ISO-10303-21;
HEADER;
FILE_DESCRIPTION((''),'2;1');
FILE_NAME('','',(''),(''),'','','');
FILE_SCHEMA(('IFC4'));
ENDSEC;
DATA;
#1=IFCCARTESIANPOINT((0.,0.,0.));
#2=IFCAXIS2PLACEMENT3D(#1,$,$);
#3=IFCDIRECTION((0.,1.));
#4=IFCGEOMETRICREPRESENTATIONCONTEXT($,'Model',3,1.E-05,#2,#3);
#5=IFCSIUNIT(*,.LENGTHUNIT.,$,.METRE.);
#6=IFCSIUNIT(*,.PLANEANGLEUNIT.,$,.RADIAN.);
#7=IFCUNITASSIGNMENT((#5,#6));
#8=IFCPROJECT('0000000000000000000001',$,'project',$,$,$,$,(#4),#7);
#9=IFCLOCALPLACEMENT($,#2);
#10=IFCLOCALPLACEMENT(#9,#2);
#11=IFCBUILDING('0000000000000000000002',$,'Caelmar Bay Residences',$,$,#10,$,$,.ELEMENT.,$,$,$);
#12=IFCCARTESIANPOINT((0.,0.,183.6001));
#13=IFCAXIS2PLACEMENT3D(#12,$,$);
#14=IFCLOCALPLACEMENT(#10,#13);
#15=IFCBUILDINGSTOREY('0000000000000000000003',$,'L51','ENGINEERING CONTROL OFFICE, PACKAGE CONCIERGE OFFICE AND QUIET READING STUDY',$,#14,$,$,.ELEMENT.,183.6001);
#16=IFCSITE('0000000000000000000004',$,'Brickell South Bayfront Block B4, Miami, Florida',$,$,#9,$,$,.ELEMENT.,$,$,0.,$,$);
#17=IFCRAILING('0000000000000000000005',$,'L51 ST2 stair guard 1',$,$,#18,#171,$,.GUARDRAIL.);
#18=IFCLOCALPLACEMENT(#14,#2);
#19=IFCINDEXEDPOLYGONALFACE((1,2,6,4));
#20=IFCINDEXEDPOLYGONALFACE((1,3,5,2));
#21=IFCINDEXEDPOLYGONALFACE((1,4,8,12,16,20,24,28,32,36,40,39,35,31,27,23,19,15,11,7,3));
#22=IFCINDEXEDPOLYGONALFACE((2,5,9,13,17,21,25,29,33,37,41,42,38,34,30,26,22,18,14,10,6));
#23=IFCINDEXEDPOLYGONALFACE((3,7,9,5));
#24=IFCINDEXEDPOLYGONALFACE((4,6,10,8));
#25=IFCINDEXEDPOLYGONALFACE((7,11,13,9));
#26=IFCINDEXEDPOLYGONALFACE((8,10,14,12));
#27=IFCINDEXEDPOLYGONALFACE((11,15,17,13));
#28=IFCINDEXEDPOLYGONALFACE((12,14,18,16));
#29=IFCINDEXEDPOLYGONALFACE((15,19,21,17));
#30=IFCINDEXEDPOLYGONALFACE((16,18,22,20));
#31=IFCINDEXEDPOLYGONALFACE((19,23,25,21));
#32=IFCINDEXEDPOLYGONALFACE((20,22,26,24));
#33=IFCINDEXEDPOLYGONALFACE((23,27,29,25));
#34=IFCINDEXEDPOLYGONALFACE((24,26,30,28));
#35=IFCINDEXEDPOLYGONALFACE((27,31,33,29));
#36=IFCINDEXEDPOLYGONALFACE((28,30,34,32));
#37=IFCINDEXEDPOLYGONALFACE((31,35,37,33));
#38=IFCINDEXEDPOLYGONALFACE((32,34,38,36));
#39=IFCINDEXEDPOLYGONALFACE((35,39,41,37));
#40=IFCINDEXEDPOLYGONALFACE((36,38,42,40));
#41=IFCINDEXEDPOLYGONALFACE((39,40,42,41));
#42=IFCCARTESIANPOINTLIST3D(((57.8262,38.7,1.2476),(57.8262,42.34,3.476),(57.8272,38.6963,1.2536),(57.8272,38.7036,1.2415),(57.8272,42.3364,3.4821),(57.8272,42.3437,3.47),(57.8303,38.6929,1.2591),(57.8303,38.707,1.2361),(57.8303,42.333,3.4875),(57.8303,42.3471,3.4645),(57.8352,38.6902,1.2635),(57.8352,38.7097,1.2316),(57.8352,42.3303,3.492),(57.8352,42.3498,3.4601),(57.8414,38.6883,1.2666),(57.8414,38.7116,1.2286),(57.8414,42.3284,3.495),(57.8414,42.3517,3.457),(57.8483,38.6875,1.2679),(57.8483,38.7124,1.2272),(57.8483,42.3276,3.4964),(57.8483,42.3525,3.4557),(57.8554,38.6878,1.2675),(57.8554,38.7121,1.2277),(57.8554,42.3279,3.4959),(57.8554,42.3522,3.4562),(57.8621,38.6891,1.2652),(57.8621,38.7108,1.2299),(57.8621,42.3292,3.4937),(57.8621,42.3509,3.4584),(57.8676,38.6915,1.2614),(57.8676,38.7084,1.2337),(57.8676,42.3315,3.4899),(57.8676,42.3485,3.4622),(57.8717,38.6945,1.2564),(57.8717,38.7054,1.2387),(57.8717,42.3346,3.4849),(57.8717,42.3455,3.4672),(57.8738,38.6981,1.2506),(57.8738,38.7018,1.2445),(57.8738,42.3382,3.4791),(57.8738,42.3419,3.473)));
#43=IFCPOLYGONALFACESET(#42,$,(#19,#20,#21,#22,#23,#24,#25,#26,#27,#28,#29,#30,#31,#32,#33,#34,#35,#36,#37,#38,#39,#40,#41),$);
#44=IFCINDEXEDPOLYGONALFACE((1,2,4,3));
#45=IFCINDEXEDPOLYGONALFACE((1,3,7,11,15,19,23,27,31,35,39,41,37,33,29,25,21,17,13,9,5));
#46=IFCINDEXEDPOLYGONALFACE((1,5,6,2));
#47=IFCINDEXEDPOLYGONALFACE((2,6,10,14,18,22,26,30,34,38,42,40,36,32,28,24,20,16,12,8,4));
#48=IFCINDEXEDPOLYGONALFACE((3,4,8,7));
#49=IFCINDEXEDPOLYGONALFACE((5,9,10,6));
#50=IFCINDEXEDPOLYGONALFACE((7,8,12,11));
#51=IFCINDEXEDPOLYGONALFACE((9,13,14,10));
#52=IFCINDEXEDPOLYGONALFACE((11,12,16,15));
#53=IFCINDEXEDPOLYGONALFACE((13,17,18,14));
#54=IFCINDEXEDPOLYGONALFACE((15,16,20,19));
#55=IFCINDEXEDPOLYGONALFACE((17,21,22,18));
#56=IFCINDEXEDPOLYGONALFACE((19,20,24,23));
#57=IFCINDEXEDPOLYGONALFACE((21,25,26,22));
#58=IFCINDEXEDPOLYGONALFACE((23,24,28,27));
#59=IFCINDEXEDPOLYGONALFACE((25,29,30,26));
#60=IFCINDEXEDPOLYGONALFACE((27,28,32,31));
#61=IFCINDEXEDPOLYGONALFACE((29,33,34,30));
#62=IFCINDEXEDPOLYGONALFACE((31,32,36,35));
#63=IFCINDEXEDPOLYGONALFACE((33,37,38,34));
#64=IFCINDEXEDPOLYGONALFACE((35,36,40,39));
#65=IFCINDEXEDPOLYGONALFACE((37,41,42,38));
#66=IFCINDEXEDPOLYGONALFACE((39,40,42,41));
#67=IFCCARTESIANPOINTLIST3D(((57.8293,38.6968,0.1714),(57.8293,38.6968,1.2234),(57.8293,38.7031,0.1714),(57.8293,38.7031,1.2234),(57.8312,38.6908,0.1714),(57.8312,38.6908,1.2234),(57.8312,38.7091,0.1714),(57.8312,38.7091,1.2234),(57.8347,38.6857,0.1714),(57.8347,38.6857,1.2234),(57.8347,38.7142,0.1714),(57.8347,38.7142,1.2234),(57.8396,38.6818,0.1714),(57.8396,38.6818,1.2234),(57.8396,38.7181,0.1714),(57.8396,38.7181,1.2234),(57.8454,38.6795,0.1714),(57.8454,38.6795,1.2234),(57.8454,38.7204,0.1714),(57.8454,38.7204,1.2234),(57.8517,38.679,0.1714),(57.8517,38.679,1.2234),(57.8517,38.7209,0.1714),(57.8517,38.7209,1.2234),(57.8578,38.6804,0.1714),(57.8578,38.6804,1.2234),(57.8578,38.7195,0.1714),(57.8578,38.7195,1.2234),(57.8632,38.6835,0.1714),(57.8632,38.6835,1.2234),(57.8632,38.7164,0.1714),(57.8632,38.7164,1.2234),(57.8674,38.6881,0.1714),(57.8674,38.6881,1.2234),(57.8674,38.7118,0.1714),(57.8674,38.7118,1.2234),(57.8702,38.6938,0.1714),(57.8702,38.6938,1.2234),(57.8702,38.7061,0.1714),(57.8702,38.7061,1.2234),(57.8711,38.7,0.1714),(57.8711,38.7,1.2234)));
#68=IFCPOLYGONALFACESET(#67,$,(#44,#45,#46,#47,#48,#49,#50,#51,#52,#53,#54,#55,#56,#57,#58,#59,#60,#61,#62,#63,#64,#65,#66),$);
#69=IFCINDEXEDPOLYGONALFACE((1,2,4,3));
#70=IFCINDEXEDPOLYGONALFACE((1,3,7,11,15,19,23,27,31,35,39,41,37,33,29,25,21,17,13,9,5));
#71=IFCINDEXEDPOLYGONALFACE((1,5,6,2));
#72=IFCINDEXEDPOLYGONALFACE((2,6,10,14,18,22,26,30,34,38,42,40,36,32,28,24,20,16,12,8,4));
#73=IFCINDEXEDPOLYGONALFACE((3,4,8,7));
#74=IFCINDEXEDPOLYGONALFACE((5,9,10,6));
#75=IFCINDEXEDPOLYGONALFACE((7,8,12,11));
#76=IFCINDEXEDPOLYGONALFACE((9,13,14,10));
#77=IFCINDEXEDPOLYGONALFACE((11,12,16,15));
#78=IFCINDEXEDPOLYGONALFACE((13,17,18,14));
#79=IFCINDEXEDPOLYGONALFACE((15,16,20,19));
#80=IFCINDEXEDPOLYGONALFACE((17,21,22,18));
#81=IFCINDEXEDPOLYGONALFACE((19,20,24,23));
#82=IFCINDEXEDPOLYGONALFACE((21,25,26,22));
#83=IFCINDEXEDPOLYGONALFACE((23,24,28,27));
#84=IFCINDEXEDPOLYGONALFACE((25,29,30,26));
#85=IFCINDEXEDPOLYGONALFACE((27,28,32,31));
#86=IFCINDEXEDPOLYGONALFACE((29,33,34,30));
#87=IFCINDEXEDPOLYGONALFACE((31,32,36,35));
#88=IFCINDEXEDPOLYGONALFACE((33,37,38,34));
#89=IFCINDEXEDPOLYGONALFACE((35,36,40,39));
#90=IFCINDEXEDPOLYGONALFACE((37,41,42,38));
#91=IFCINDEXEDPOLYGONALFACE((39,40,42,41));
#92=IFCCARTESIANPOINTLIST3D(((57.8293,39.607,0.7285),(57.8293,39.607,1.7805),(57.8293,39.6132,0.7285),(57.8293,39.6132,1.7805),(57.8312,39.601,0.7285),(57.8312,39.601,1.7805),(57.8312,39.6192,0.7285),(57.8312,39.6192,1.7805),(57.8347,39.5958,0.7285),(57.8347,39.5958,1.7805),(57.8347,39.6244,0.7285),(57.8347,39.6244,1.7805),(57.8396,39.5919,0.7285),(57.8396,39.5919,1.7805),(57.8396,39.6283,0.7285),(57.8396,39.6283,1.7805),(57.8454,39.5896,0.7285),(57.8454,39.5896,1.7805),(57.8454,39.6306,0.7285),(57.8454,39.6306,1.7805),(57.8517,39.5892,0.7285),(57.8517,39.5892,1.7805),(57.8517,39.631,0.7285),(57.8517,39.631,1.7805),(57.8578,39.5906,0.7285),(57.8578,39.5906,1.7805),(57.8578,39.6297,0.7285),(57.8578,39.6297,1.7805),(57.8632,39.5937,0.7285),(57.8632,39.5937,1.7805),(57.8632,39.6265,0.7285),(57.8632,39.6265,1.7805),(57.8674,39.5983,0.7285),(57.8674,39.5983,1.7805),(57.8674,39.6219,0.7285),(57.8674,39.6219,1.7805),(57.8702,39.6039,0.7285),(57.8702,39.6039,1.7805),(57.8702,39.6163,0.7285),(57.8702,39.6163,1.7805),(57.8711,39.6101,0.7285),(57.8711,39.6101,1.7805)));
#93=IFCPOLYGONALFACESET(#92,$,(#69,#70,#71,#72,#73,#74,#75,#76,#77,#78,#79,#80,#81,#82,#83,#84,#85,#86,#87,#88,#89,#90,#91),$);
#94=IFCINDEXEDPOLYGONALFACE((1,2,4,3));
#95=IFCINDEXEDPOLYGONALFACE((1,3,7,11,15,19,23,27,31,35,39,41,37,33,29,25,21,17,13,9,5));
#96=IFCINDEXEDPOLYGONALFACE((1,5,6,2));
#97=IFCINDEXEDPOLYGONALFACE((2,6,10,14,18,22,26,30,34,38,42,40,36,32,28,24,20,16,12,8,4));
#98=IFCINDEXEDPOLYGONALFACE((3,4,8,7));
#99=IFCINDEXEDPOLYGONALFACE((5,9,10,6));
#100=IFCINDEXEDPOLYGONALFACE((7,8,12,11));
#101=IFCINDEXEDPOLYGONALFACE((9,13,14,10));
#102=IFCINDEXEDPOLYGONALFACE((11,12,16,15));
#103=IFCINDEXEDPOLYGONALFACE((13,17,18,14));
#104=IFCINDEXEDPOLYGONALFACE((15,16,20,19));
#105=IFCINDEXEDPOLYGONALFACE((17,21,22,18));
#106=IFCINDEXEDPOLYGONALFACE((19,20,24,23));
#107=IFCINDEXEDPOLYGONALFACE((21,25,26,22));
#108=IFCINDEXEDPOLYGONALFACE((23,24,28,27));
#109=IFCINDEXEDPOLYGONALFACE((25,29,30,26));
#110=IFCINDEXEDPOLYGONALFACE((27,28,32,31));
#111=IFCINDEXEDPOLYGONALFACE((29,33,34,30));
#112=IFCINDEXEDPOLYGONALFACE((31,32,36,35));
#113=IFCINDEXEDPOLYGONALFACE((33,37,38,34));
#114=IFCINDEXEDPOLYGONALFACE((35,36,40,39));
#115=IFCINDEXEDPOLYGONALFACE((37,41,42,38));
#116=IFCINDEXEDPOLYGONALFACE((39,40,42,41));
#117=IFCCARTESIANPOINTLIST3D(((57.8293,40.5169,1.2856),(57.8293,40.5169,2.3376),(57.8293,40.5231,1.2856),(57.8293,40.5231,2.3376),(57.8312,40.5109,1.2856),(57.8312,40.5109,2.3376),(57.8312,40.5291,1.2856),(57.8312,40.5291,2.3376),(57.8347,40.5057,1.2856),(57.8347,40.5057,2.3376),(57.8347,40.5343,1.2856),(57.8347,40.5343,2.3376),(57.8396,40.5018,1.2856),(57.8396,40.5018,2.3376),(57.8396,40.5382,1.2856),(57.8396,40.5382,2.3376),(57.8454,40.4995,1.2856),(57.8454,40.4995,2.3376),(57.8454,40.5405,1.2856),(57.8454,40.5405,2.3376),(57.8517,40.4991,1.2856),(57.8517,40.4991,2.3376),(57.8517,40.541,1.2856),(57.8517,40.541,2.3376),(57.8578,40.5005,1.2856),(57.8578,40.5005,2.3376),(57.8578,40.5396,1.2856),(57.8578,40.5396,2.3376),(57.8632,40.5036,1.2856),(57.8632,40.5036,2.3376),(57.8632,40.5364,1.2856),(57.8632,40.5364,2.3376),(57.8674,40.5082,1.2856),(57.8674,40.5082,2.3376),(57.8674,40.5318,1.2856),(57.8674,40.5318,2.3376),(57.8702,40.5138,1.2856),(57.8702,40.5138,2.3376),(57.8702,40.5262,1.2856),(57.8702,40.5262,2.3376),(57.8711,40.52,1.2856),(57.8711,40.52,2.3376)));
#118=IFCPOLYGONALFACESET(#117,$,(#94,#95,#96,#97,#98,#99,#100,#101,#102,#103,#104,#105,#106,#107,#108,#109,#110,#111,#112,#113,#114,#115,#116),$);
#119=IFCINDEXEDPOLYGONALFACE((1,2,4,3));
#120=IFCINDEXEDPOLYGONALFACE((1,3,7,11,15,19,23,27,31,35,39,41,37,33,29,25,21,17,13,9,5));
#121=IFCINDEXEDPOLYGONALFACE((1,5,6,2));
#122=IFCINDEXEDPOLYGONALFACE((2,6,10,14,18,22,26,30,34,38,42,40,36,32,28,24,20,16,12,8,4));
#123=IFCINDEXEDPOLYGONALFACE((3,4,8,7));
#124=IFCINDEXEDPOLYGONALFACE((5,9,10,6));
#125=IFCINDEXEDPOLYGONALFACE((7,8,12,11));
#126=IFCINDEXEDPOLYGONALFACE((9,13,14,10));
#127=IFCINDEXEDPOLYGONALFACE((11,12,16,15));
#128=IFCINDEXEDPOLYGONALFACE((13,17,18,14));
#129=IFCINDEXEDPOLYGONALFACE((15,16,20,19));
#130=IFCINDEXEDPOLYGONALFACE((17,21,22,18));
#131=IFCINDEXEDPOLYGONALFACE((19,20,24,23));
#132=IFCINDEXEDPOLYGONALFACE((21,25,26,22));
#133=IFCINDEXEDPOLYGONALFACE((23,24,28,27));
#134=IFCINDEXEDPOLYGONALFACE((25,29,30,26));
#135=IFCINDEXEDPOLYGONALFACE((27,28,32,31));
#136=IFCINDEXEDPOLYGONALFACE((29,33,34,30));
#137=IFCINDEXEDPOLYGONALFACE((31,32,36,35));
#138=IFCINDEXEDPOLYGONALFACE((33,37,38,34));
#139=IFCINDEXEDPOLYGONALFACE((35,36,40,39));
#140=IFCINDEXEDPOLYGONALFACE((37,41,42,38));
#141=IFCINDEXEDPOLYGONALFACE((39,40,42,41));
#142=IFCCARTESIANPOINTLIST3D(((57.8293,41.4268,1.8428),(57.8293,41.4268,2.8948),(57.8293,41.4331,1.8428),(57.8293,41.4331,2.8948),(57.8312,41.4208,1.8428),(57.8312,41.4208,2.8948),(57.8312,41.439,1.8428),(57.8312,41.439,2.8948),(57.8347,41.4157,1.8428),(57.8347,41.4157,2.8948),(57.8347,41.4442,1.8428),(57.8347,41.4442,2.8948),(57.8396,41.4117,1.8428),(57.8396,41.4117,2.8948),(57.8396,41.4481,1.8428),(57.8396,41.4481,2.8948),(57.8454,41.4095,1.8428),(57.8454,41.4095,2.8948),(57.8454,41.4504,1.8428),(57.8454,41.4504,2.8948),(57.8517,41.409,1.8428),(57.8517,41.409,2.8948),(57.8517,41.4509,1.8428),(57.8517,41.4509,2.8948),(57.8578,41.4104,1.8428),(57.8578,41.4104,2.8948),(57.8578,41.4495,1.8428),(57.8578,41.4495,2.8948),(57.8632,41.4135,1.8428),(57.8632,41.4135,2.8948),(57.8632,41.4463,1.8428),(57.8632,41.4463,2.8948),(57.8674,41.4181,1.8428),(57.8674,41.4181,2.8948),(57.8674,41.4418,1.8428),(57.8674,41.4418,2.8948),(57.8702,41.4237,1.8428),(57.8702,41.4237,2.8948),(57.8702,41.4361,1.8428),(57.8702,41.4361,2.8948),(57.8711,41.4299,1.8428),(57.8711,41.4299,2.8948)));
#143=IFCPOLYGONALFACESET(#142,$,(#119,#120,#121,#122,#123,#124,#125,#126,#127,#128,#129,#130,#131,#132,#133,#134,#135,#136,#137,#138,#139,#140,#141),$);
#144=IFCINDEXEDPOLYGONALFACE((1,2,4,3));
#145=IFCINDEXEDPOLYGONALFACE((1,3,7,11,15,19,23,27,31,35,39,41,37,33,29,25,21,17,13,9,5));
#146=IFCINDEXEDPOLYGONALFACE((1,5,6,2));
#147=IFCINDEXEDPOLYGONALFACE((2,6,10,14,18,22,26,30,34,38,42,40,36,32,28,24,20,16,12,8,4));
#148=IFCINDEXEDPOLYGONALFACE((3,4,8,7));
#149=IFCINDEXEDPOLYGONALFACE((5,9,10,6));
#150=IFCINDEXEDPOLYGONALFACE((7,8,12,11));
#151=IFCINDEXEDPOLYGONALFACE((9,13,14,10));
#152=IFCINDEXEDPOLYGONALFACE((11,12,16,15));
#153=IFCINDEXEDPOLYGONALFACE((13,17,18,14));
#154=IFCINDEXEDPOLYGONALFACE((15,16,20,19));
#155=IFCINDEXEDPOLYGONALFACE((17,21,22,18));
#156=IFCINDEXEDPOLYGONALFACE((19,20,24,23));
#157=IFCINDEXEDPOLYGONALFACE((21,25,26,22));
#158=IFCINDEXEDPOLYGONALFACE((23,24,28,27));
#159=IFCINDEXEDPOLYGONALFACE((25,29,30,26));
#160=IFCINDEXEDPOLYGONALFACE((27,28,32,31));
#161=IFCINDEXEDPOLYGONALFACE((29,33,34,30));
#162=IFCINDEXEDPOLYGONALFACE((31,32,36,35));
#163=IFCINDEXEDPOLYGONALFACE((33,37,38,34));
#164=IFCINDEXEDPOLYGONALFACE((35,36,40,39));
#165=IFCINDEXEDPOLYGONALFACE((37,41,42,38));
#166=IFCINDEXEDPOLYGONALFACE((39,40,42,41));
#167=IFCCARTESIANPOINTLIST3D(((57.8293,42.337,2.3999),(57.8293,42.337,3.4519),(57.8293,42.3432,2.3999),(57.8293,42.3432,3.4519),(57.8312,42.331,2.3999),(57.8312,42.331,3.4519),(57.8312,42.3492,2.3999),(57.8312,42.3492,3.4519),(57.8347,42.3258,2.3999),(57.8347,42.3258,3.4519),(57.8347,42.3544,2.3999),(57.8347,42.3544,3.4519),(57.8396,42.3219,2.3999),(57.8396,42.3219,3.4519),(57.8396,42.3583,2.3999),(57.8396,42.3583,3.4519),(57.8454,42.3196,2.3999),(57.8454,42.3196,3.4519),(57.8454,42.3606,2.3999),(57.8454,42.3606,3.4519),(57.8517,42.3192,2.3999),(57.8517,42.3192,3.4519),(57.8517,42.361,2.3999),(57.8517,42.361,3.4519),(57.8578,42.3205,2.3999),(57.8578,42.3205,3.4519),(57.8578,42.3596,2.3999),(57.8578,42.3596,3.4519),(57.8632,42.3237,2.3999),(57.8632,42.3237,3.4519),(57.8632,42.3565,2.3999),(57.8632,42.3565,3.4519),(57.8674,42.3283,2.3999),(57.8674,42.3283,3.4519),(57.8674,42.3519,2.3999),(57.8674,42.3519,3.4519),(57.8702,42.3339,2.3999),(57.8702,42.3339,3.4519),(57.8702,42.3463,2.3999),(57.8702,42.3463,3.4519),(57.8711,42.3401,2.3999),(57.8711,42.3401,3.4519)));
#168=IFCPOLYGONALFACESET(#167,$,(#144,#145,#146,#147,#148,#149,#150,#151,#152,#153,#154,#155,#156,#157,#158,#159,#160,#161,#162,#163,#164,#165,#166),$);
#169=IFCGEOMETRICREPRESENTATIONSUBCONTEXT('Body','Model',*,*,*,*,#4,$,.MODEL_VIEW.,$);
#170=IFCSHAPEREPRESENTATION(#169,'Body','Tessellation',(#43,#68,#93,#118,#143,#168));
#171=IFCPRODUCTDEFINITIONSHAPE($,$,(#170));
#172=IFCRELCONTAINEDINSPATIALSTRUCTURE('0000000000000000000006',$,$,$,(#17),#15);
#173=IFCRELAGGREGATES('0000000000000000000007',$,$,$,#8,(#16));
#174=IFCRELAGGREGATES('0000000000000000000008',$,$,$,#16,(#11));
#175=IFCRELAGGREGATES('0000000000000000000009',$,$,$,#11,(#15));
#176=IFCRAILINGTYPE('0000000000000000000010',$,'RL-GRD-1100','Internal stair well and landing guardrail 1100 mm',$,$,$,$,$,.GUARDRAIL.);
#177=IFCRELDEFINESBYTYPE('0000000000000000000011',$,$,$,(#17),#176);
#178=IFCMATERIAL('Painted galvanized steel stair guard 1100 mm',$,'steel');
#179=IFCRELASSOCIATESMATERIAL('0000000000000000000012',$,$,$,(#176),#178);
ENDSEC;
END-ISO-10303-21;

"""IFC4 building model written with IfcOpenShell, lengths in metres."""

from ifc_helpers import new_model, si_unit, direction, frame, origin, origin_2d, place, context, subcontext, project, spatial, circle, extrude, material, type_object, element, save


model = new_model("IFC4")

# Units and contexts
model_context = context("Model", 3, precision=1e-05, world=origin(), true_north=direction((0.0, 1.0)))
body_context = subcontext(model_context, "Body", "Model", "MODEL_VIEW")
ifc_project = project(units=[si_unit("LENGTHUNIT", "METRE"), si_unit("PLANEANGLEUNIT", "RADIAN")], contexts=[model_context])

# Site, building, storey
site_placement = place(None, origin())
site = spatial("IfcSite", under=ifc_project, at=site_placement, Name="Brickell South Bayfront Block B4, Miami, Florida", CompositionType="ELEMENT", RefElevation=0.0)
building_placement = place(site_placement, origin())
building = spatial("IfcBuilding", under=site, at=building_placement, Name="Caelmar Bay Residences", CompositionType="ELEMENT")
storey_placement = place(building_placement, frame((0.0, 0.0, 183.6001)))
storey = spatial("IfcBuildingStorey", under=building, at=storey_placement, Name="L51", Description="ENGINEERING CONTROL OFFICE, PACKAGE CONCIERGE OFFICE AND QUIET READING STUDY", CompositionType="ELEMENT", Elevation=183.6001)

# Railing
ifc_material_1 = material(Name="Painted galvanized steel stair guard 1100 mm", Category="steel")
railing_type_1 = type_object("IfcRailingType", Name="RL-GRD-1100", Description="Internal stair well and landing guardrail 1100 mm", PredefinedType="GUARDRAIL", material=ifc_material_1)
railing_1_placement = place(storey_placement, frame((57.8501, 38.7, 0.1714)))
element("IfcRailing", 1, at=railing_1_placement, inside=storey, type_object=railing_type_1, Name="L51 ST2 stair guard 1", PredefinedType="GUARDRAIL", context=body_context, shape_type="SweptSolid", body=[
    extrude(circle(Radius=0.0239, at=origin_2d()), frame((0.0, 0.0, 1.0762), z_axis=(0.0, 0.852866, 0.52213), x_axis=(-1.0, 0.0, 0.0)), (0.0, 0.0, 1.0), 4.2681),
    extrude(circle(Radius=0.021, at=origin_2d()), origin(), (0.0, 0.0, 1.0), 1.052),
    extrude(circle(Radius=0.021, at=origin_2d()), frame((0.0, 0.9102, 0.5571)), (0.0, 0.0, 1.0), 1.052),
    extrude(circle(Radius=0.021, at=origin_2d()), frame((0.0, 1.8201, 1.1143)), (0.0, 0.0, 1.0), 1.052),
    extrude(circle(Radius=0.021, at=origin_2d()), frame((0.0, 2.73, 1.6714)), (0.0, 0.0, 1.0), 1.052),
    extrude(circle(Radius=0.021, at=origin_2d()), frame((0.0, 3.6401, 2.2285)), (0.0, 0.0, 1.0), 1.052),
])

save(model, "model.ifc")
